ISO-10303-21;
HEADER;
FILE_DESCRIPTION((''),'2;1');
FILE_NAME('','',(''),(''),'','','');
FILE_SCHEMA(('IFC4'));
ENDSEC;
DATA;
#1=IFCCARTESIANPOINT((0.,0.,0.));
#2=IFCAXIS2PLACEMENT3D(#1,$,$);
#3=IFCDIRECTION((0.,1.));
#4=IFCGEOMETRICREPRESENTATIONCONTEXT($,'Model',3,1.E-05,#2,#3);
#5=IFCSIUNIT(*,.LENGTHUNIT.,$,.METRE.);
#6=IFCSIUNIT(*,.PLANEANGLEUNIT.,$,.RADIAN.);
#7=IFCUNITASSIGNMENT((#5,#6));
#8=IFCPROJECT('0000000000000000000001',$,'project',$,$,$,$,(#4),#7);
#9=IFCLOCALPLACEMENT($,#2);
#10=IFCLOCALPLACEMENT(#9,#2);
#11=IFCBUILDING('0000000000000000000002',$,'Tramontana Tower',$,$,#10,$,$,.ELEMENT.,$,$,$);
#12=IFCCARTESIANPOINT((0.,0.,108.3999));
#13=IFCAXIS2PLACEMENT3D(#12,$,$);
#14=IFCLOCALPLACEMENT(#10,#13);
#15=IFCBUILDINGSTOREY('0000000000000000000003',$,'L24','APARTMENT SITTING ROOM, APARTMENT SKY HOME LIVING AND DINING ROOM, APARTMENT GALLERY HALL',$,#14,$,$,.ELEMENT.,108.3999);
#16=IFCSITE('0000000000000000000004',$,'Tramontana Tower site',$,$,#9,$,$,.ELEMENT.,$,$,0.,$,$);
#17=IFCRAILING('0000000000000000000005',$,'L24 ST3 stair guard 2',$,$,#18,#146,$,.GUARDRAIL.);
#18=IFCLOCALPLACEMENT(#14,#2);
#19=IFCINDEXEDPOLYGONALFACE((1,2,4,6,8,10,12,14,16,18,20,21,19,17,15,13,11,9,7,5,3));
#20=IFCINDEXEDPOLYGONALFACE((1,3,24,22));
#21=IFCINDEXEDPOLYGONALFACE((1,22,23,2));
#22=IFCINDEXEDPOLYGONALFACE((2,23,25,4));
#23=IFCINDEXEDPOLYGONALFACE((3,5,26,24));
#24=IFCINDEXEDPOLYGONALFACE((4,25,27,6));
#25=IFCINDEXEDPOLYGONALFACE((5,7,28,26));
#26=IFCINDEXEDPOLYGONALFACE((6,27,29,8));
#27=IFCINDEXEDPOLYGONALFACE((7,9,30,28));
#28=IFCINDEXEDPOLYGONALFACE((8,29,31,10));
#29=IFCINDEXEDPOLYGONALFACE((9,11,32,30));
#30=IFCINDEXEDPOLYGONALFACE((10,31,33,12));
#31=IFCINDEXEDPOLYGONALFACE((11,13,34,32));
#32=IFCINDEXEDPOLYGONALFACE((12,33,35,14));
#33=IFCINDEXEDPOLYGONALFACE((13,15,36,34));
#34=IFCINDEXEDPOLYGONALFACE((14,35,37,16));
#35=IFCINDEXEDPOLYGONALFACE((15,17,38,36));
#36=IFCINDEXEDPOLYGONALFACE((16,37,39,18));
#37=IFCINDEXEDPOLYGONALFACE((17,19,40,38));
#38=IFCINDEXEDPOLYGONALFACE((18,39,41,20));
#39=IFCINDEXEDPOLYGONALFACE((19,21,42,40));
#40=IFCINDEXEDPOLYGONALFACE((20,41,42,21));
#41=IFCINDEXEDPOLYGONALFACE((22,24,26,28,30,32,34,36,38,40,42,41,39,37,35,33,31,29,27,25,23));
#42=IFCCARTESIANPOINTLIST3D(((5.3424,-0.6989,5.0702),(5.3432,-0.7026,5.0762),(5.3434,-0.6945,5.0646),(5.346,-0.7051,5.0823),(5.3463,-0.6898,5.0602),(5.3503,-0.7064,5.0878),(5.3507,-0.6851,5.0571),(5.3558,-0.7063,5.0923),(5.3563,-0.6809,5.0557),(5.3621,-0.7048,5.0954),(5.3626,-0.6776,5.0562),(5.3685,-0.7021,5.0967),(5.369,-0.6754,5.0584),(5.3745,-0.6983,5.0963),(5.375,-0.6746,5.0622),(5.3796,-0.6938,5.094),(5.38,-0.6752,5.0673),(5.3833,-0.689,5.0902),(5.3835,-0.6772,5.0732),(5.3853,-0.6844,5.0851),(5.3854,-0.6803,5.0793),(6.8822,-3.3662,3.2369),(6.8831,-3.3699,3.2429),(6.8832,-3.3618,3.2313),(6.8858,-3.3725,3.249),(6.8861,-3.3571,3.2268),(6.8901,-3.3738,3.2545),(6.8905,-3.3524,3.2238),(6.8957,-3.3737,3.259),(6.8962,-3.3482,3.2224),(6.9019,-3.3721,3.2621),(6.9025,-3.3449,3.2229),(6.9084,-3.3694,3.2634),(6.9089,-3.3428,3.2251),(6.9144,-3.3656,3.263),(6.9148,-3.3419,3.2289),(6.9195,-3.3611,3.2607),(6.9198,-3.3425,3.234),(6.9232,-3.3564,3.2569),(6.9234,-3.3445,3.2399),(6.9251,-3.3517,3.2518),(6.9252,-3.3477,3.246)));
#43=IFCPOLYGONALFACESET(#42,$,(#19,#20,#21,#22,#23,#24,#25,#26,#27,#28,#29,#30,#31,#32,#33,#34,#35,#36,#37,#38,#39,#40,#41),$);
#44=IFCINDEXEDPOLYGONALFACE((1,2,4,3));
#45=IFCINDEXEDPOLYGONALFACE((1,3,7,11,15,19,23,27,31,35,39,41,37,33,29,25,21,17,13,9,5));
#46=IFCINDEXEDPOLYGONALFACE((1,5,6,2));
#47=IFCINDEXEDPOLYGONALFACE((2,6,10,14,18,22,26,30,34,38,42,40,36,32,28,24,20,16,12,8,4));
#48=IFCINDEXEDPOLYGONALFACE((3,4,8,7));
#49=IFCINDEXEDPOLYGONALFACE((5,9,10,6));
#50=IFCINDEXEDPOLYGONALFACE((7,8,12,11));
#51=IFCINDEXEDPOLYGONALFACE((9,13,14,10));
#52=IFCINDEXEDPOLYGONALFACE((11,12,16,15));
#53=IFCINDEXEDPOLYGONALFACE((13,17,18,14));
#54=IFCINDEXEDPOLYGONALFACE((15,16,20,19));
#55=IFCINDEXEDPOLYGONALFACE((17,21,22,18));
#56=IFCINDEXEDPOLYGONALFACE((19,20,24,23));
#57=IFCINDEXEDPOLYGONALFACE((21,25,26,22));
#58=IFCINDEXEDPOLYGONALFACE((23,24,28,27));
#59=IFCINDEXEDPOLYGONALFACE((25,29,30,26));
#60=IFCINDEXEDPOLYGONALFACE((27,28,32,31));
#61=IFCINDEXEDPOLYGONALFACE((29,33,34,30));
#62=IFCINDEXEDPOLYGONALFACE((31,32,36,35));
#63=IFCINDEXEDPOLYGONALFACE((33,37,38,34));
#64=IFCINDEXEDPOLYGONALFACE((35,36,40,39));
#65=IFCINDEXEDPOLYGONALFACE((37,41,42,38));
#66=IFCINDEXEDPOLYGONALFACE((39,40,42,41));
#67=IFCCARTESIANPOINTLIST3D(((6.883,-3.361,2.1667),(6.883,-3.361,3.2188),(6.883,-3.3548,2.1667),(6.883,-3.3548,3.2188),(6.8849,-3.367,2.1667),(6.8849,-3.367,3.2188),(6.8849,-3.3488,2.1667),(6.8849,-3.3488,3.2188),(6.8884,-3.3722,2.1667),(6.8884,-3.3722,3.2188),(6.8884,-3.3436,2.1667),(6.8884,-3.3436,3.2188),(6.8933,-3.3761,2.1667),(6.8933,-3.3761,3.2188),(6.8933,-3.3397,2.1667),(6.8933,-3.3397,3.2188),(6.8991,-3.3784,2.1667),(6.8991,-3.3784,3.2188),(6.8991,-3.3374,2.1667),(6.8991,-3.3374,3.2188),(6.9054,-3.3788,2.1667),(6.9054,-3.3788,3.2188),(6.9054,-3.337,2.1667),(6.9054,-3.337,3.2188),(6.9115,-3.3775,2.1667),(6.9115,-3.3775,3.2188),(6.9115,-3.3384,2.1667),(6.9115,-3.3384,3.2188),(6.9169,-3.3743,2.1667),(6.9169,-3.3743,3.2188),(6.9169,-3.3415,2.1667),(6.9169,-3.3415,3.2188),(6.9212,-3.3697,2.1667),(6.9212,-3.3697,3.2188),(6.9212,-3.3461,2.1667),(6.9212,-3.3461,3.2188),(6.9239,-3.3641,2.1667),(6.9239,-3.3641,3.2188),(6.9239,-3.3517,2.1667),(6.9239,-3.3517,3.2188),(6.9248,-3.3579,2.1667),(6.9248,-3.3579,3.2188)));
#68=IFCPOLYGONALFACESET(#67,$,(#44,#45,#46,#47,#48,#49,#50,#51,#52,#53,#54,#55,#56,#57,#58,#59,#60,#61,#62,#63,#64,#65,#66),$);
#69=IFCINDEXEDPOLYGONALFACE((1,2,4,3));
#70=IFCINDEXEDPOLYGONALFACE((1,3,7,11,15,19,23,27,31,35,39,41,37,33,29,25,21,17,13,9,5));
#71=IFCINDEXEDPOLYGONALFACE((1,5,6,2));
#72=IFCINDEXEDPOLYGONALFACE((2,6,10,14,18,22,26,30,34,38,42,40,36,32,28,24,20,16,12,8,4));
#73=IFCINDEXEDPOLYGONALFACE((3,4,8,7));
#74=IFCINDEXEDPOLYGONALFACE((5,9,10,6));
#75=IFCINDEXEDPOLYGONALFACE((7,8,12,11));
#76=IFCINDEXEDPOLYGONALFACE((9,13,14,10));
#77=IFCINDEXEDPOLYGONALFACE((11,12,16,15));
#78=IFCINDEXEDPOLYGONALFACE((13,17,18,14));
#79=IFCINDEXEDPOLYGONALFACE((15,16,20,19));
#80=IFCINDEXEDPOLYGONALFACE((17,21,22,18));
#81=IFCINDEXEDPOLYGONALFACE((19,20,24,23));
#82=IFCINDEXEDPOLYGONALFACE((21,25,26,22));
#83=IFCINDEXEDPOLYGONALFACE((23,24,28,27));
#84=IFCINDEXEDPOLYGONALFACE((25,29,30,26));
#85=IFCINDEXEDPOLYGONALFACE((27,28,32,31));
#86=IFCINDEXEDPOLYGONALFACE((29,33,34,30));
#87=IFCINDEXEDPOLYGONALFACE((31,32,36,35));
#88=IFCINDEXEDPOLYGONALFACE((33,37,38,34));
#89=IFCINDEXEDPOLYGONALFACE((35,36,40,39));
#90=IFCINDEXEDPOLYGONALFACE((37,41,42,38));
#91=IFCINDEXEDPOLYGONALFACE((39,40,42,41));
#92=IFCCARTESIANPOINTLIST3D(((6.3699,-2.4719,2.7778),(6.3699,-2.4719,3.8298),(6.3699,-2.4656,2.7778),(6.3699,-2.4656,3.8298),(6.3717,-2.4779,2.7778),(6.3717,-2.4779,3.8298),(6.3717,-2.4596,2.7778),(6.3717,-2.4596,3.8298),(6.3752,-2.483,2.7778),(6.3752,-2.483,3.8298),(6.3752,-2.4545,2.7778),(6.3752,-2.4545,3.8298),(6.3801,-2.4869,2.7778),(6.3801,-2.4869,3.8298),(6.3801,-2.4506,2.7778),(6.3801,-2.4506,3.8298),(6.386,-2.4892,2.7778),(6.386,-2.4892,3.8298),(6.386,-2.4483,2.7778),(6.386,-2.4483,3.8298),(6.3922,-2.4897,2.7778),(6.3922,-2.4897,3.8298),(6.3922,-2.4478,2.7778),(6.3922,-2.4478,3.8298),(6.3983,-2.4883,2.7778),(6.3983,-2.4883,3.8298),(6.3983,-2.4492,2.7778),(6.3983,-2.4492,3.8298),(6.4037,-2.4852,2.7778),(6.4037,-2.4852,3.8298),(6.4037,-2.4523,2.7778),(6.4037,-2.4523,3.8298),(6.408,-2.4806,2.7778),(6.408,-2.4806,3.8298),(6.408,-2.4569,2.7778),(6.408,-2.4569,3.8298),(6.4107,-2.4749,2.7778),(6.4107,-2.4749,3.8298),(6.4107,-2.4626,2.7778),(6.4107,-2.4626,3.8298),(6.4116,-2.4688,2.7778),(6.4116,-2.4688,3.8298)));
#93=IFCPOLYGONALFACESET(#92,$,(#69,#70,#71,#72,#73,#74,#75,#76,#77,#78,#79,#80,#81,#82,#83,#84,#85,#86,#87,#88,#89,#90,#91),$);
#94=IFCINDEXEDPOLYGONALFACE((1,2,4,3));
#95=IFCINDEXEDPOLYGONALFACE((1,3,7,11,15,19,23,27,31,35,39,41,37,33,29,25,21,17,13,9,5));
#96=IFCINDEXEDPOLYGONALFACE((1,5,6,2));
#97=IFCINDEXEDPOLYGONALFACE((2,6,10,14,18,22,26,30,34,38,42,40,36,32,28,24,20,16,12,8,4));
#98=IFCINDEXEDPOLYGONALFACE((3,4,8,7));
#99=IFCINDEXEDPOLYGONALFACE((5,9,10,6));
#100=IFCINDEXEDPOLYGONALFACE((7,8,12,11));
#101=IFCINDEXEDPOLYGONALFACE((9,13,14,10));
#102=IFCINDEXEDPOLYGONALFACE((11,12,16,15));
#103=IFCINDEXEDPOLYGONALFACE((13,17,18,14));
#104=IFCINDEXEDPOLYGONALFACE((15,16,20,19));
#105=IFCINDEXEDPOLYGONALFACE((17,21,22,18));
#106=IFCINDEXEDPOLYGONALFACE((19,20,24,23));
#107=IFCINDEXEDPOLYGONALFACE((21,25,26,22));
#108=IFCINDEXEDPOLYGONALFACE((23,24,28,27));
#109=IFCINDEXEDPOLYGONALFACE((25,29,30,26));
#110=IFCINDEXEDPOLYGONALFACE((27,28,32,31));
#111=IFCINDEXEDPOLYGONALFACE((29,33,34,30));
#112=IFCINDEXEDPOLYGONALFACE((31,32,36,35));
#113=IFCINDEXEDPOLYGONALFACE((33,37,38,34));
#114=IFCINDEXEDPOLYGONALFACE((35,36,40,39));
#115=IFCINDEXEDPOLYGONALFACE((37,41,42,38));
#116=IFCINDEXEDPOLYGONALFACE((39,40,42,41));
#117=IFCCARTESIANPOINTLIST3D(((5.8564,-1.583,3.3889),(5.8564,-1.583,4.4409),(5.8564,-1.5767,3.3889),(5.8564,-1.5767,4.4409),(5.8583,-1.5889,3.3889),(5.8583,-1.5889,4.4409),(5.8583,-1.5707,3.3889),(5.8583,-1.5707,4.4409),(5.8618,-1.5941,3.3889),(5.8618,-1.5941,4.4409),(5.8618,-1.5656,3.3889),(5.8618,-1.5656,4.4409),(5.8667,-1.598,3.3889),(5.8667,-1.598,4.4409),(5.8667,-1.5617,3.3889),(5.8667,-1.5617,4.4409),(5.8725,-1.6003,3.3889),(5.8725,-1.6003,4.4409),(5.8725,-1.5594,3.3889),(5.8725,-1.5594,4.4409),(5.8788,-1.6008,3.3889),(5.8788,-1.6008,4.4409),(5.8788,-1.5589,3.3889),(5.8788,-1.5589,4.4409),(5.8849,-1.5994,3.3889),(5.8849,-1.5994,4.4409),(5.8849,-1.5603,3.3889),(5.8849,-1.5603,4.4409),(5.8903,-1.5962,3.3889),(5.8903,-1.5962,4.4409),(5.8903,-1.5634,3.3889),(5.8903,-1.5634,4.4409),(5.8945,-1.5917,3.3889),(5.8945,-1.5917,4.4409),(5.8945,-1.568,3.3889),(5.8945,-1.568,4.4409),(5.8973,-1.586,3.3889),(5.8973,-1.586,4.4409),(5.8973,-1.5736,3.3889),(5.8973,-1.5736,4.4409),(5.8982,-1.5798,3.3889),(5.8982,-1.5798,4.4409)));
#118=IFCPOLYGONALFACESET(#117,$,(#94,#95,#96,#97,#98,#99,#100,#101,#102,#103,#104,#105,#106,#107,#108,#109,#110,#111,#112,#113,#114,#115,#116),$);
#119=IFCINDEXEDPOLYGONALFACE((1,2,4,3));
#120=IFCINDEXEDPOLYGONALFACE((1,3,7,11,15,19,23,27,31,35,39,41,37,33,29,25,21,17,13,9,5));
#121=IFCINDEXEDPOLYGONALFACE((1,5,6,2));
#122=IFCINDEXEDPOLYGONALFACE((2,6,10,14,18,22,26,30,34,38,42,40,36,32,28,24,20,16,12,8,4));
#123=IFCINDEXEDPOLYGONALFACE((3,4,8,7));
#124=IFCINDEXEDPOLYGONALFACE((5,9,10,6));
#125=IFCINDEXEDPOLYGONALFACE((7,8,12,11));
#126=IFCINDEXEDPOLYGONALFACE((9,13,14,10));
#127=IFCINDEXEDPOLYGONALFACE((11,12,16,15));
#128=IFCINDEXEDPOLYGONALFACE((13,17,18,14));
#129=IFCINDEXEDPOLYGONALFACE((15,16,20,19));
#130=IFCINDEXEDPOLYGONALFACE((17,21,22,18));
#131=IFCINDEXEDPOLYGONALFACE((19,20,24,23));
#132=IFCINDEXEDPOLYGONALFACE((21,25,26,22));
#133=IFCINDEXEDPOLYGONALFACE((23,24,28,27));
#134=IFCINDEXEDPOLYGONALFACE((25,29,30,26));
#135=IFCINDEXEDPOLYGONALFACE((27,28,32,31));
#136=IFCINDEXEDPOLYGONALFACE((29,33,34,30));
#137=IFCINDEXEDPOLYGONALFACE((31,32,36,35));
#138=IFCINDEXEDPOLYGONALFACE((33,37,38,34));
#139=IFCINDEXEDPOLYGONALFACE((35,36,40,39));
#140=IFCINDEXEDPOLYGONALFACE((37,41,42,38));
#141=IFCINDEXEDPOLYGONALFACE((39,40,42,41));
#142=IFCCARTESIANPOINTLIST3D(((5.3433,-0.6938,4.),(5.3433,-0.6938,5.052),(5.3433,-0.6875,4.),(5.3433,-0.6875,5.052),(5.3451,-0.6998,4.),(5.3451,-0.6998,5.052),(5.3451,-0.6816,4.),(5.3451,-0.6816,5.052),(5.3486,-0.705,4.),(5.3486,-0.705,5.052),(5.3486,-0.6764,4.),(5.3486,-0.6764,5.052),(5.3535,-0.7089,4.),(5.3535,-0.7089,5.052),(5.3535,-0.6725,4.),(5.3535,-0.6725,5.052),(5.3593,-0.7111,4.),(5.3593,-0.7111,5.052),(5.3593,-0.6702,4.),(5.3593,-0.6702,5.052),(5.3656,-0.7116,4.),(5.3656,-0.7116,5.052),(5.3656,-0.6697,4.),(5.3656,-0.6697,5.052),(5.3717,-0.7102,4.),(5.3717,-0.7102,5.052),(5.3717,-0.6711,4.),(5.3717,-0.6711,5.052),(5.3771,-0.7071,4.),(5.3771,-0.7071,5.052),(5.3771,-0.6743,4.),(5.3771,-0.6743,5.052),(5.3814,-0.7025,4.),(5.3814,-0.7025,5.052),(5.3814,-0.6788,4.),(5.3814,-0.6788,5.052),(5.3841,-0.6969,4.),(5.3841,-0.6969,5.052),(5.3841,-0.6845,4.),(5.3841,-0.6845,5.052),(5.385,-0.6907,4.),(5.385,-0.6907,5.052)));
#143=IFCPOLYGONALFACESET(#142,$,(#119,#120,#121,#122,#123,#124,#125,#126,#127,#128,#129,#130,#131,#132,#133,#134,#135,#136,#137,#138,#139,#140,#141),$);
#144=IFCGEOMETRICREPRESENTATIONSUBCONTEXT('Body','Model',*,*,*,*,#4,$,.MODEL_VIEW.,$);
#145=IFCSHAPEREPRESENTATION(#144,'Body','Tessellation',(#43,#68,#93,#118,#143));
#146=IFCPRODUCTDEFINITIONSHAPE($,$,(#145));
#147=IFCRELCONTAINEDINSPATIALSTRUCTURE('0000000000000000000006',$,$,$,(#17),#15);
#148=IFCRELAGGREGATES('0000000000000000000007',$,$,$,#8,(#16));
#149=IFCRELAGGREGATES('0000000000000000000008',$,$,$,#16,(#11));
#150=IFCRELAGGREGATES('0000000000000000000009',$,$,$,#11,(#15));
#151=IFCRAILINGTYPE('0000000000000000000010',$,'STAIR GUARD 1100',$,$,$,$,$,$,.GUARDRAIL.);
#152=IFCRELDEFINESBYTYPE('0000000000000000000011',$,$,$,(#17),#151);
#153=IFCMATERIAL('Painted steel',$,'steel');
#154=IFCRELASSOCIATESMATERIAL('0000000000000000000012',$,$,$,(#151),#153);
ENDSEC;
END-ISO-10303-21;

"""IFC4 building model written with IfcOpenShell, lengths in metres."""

from ifc_helpers import new_model, si_unit, direction, frame, origin, origin_2d, place, context, subcontext, project, spatial, circle, extrude, material, type_object, element, save


model = new_model("IFC4")

# Units and contexts
model_context = context("Model", 3, precision=1e-05, world=origin(), true_north=direction((0.0, 1.0)))
body_context = subcontext(model_context, "Body", "Model", "MODEL_VIEW")
ifc_project = project(units=[si_unit("LENGTHUNIT", "METRE"), si_unit("PLANEANGLEUNIT", "RADIAN")], contexts=[model_context])

# Site, building, storey
site_placement = place(None, origin())
site = spatial("IfcSite", under=ifc_project, at=site_placement, Name="Tramontana Tower site", CompositionType="ELEMENT", RefElevation=0.0)
building_placement = place(site_placement, origin())
building = spatial("IfcBuilding", under=site, at=building_placement, Name="Tramontana Tower", CompositionType="ELEMENT")
storey_placement = place(building_placement, frame((0.0, 0.0, 108.3999)))
storey = spatial("IfcBuildingStorey", under=building, at=storey_placement, Name="L24", Description="APARTMENT SITTING ROOM, APARTMENT SKY HOME LIVING AND DINING ROOM, APARTMENT GALLERY HALL", CompositionType="ELEMENT", Elevation=108.3999)

# Railing
ifc_material_1 = material(Name="Painted steel", Category="steel")
railing_type_1 = type_object("IfcRailingType", Name="STAIR GUARD 1100", PredefinedType="GUARDRAIL", material=ifc_material_1)
railing_1_placement = place(storey_placement, frame((6.9038, -3.3579, 2.1667)))
element("IfcRailing", 1, at=railing_1_placement, inside=storey, type_object=railing_type_1, Name="L24 ST3 stair guard 2", PredefinedType="GUARDRAIL", context=body_context, shape_type="SweptSolid", body=[
    extrude(circle(Radius=0.0239, at=origin_2d()), frame((0.0, 0.0, 1.0762), z_axis=(-0.429616, 0.744181, 0.511493), x_axis=(-0.866044, -0.499967, 0.0)), (0.0, 0.0, 1.0), 3.5842),
    extrude(circle(Radius=0.021, at=origin_2d()), origin(), (0.0, 0.0, 1.0), 1.052),
    extrude(circle(Radius=0.021, at=origin_2d()), frame((-0.5132, 0.8892, 0.6111)), (0.0, 0.0, 1.0), 1.052),
    extrude(circle(Radius=0.021, at=origin_2d()), frame((-1.0266, 1.7781, 1.2222)), (0.0, 0.0, 1.0), 1.052),
    extrude(circle(Radius=0.021, at=origin_2d()), frame((-1.5398, 2.6672, 1.8333)), (0.0, 0.0, 1.0), 1.052),
])

save(model, "model.ifc")
